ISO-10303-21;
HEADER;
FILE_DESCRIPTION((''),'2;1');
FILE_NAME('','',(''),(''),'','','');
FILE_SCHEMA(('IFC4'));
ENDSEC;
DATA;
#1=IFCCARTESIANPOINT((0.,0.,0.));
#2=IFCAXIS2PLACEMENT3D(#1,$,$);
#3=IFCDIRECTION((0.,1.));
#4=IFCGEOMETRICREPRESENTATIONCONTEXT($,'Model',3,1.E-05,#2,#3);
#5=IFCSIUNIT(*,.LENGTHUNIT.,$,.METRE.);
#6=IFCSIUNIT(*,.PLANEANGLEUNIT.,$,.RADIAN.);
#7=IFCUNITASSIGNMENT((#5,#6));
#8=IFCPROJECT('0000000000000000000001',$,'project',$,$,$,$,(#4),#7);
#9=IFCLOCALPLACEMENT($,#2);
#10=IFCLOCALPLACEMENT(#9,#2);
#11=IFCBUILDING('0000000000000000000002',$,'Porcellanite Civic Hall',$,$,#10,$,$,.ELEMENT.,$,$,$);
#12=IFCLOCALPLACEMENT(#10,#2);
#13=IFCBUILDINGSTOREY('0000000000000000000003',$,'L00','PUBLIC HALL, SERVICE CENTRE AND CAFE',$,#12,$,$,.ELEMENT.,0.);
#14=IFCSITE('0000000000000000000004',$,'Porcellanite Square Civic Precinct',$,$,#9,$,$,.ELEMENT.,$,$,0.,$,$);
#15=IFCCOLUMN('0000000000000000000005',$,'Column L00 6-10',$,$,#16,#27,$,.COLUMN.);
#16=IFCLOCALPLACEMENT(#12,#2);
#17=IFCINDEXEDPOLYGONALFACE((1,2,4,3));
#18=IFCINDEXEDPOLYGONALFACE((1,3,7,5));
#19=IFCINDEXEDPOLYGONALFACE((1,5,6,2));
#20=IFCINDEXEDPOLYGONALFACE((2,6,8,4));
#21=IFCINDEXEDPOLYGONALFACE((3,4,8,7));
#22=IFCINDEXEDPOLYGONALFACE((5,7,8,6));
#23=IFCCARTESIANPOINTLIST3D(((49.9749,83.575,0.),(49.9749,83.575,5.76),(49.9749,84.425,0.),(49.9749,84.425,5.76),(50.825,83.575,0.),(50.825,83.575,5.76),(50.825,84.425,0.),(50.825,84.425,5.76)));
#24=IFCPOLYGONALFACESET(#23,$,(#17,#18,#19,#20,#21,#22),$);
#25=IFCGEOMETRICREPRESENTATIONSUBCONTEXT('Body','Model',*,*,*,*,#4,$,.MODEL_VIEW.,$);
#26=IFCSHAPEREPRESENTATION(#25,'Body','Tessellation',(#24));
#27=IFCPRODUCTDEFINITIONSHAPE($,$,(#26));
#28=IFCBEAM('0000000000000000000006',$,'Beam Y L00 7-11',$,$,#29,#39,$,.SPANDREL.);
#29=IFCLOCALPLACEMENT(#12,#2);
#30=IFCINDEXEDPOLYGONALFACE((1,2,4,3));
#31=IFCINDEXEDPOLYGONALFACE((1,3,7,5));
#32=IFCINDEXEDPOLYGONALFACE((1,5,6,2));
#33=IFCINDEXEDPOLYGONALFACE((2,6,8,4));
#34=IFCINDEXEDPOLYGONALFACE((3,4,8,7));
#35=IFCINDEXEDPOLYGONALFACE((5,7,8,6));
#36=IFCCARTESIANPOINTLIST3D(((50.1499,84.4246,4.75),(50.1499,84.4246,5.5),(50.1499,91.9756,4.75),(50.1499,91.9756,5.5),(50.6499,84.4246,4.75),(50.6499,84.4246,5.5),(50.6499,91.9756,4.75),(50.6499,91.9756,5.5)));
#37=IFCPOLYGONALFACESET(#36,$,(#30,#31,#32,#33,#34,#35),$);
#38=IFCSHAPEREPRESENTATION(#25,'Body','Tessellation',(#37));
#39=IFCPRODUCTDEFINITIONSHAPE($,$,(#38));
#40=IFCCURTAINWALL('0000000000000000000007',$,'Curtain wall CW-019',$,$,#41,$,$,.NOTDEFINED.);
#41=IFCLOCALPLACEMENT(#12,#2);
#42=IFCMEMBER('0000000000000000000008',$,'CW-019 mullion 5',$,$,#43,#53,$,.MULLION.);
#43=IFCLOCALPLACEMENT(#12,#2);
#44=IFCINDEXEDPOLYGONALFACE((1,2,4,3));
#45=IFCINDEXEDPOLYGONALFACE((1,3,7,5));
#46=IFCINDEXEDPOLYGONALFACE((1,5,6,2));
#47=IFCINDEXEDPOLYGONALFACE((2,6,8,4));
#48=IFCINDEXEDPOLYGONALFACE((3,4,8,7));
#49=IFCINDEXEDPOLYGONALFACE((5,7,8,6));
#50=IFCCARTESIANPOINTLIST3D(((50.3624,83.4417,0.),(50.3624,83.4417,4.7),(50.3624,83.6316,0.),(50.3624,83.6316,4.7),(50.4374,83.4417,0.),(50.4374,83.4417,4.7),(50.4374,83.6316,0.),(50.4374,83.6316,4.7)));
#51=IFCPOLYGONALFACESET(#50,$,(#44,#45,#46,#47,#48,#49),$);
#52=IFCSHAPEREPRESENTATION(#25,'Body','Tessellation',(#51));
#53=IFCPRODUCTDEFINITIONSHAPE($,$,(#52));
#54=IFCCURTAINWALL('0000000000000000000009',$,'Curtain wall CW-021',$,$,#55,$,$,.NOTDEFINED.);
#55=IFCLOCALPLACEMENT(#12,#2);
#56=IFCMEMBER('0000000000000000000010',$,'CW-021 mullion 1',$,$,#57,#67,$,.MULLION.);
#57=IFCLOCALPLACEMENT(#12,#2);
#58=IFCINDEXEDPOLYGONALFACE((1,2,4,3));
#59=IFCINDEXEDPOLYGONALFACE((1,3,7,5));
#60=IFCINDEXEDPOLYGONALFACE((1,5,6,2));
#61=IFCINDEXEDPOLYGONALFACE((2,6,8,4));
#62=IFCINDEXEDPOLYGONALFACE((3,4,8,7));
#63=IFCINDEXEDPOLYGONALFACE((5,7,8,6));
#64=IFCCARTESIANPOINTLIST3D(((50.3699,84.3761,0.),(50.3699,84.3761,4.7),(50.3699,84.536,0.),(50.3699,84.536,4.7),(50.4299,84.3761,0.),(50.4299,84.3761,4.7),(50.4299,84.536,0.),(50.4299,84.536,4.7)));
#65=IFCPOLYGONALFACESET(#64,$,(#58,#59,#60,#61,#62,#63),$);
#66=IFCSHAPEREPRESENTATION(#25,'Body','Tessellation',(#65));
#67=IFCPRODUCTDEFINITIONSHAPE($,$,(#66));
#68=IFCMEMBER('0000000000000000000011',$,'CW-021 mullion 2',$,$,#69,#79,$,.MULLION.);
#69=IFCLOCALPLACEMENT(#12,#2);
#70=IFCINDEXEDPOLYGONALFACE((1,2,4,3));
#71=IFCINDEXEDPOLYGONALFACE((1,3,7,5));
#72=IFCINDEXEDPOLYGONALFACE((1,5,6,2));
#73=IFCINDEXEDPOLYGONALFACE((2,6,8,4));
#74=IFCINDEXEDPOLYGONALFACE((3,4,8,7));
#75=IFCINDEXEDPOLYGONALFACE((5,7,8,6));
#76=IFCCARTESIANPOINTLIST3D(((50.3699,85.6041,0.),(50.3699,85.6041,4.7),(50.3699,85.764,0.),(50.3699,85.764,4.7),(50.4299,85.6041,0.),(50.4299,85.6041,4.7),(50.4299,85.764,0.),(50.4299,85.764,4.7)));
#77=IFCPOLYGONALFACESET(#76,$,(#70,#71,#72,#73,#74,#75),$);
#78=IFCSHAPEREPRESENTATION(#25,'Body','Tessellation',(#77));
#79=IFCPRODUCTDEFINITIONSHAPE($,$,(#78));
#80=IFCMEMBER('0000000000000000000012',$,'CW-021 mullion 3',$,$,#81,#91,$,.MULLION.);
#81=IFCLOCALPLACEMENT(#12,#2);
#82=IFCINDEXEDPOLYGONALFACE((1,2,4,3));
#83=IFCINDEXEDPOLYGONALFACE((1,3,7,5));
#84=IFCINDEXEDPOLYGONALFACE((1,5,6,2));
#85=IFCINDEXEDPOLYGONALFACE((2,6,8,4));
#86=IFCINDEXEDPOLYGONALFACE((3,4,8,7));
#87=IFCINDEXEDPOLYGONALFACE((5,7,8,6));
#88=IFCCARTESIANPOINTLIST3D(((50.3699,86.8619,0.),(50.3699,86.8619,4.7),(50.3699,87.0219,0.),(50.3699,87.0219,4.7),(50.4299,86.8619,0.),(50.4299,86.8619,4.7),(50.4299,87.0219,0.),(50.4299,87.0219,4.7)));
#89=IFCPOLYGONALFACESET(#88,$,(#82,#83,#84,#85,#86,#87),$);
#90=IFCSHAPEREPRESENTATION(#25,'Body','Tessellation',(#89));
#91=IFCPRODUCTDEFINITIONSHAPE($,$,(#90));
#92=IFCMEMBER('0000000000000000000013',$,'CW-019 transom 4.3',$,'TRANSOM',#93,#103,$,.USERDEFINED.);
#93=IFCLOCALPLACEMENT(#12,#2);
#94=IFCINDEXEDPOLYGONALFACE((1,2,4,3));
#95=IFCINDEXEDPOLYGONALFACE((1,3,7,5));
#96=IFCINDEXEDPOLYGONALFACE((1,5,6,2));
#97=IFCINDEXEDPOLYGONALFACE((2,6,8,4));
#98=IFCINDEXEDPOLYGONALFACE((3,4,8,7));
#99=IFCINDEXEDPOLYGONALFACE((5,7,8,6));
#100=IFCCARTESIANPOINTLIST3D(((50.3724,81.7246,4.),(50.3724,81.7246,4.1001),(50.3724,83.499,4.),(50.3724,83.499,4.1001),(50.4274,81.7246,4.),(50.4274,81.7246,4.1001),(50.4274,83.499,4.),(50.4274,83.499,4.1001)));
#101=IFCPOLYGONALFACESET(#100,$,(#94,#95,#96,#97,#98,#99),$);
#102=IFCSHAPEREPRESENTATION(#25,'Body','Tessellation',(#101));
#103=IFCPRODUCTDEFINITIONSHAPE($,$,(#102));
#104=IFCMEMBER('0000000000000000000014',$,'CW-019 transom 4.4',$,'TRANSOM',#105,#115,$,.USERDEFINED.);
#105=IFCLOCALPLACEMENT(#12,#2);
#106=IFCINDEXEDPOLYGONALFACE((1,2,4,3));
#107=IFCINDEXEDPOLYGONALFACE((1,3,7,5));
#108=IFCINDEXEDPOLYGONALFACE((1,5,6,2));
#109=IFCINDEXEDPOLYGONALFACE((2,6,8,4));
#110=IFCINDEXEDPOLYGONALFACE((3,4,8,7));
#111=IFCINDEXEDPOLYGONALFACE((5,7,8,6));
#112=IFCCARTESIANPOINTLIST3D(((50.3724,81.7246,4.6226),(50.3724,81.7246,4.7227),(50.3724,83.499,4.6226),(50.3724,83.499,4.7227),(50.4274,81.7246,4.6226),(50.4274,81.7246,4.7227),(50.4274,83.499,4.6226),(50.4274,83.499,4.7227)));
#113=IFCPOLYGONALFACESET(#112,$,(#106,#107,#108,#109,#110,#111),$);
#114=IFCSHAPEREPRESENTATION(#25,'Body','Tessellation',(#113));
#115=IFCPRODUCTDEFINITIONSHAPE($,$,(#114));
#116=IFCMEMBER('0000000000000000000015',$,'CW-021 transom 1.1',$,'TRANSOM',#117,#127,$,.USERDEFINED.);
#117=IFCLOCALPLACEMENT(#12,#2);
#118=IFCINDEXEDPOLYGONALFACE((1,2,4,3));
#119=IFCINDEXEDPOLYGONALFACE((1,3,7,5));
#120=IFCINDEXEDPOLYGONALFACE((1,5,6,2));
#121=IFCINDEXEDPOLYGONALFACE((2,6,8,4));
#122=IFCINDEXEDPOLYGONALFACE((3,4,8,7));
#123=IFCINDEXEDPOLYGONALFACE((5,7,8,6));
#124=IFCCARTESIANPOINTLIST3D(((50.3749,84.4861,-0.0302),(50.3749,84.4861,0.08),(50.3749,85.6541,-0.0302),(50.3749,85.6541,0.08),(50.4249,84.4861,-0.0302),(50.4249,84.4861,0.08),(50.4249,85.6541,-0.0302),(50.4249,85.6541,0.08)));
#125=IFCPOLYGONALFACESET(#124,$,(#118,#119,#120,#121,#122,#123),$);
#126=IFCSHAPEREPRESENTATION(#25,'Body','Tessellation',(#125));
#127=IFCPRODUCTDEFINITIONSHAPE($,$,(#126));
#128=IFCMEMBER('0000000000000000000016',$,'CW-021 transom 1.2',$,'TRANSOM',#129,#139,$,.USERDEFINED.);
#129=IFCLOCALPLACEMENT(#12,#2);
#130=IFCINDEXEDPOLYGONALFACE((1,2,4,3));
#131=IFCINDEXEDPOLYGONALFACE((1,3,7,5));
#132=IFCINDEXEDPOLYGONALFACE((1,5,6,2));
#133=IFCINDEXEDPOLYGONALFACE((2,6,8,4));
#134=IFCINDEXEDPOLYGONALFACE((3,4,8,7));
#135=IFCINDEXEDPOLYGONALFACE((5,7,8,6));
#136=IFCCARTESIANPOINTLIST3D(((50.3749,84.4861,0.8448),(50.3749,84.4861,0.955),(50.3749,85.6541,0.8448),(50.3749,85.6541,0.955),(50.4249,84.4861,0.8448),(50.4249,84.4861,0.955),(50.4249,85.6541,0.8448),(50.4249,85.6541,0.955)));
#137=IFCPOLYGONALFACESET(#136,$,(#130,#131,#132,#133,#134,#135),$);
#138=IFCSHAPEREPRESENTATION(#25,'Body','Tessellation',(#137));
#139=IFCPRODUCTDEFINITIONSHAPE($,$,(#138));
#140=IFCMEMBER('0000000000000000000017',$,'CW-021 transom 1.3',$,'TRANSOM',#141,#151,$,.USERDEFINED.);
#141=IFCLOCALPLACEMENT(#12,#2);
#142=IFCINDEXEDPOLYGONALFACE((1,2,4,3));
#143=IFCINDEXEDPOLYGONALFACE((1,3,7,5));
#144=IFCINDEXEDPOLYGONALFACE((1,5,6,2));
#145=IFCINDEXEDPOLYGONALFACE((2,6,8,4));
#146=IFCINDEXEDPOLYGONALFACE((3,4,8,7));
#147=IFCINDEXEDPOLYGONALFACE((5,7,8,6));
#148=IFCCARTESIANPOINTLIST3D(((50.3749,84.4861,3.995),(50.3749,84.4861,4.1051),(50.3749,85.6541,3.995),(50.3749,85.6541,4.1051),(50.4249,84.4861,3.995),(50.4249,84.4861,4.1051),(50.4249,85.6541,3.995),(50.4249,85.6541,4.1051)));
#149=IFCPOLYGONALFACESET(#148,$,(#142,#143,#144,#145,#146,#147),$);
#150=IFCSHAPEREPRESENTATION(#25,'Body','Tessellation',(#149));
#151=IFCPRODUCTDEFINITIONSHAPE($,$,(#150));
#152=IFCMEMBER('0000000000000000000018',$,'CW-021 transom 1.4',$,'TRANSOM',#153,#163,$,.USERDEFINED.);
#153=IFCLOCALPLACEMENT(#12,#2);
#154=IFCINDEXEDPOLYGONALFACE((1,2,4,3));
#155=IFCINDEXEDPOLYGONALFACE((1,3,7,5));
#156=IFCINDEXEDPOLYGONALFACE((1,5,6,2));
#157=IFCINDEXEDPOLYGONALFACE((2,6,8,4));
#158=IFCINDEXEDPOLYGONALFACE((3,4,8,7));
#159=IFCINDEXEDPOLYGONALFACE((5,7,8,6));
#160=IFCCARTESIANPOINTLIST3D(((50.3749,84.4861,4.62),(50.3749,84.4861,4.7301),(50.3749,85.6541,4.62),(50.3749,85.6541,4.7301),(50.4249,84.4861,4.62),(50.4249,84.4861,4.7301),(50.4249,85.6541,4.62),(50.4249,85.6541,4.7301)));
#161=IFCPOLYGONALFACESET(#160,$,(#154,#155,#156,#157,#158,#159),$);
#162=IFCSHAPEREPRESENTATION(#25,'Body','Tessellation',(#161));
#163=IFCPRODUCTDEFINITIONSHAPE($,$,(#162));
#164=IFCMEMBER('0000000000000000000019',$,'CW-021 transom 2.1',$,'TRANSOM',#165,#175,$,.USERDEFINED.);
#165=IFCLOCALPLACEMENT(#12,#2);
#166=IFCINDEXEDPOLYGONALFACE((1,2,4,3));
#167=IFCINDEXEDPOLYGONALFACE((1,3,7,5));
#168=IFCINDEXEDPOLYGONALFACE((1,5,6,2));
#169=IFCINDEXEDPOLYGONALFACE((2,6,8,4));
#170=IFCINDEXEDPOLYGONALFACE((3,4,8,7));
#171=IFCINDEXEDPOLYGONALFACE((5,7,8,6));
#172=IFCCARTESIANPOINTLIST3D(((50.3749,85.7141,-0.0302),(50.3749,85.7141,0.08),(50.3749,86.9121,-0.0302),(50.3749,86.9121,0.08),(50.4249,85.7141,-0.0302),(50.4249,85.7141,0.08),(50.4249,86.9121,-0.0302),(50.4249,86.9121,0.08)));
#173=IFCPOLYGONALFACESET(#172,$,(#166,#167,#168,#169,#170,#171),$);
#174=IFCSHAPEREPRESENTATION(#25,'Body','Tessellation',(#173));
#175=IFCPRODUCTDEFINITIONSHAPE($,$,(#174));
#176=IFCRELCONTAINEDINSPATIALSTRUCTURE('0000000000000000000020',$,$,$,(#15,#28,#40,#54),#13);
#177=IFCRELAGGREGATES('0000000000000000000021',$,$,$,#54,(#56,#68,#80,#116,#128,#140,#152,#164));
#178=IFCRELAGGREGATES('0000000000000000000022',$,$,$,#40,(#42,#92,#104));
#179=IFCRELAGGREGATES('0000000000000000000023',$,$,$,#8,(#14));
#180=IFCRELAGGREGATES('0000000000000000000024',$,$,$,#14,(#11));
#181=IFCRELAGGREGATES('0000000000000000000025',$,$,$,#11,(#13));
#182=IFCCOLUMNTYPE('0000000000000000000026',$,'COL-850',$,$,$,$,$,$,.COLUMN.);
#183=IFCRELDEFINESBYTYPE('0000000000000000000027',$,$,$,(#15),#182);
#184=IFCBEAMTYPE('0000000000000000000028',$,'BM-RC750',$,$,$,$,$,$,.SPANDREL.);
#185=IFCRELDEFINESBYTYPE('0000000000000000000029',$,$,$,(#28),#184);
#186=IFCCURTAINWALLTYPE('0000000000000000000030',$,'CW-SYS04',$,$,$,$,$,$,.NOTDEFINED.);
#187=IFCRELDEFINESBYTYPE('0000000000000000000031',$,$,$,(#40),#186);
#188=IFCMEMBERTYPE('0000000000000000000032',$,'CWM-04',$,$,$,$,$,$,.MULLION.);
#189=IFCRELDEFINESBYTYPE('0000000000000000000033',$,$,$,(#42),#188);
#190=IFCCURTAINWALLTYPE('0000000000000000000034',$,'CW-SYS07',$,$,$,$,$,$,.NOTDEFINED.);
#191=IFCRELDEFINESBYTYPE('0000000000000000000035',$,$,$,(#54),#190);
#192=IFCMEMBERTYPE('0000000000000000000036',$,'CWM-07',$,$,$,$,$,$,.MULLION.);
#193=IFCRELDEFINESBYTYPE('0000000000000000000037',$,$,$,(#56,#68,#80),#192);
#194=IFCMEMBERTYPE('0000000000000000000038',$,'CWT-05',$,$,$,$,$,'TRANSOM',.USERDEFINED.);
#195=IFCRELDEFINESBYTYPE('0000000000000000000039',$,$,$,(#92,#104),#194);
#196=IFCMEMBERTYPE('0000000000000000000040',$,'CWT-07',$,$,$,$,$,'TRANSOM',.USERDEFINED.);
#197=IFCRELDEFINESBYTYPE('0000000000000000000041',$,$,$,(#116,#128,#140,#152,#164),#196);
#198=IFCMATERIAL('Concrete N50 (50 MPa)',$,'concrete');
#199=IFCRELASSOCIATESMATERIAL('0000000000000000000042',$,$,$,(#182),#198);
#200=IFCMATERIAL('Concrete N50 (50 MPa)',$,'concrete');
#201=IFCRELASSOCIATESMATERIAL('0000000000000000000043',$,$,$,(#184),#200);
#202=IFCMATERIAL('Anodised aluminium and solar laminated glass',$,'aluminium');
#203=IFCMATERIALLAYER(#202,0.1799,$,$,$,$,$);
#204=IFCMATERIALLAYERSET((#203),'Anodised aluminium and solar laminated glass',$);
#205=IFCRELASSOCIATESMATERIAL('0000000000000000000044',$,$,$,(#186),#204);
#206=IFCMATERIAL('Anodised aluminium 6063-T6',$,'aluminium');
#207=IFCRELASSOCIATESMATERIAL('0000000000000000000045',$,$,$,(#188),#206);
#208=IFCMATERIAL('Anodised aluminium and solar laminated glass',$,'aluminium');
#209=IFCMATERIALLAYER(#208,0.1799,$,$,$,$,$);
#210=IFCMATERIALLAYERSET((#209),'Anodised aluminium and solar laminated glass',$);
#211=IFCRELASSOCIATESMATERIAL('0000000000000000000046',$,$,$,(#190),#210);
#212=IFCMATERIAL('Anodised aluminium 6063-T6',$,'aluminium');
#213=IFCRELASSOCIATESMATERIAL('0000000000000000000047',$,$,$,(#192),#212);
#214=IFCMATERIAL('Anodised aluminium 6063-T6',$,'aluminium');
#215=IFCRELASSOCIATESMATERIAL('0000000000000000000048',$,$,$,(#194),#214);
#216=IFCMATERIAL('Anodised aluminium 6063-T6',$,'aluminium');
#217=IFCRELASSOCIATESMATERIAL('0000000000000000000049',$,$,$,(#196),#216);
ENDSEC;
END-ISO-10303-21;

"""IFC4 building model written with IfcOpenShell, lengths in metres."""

from ifc_helpers import new_model, si_unit, direction, frame, origin, origin_2d, place, context, subcontext, project, spatial, rectangle, extrude, material, layer, layer_set, material_profile, profile_set, type_object, element, aggregate, save


model = new_model("IFC4")

# Units and contexts
model_context = context("Model", 3, precision=1e-05, world=origin(), true_north=direction((0.0, 1.0)))
body_context = subcontext(model_context, "Body", "Model", "MODEL_VIEW")
ifc_project = project(units=[si_unit("LENGTHUNIT", "METRE"), si_unit("PLANEANGLEUNIT", "RADIAN")], contexts=[model_context])

# Site, building, storey
site_placement = place(None, origin())
site = spatial("IfcSite", under=ifc_project, at=site_placement, Name="Porcellanite Square Civic Precinct", CompositionType="ELEMENT", RefElevation=0.0)
building_placement = place(site_placement, origin())
building = spatial("IfcBuilding", under=site, at=building_placement, Name="Porcellanite Civic Hall", CompositionType="ELEMENT")
storey_placement = place(building_placement, origin())
storey = spatial("IfcBuildingStorey", under=building, at=storey_placement, Name="L00", Description="PUBLIC HALL, SERVICE CENTRE AND CAFE", CompositionType="ELEMENT", Elevation=0.0)

# Column
ifc_material_1 = material(Name="Concrete N50 (50 MPa)", Category="concrete")
ifc_material_profile_1 = material_profile(ifc_material_1, rectangle(XDim=0.8501, YDim=0.8501, at=origin_2d()), Name="RC-850x850")
ifc_profile_set_1 = profile_set([ifc_material_profile_1], Name="Concrete N50 (50 MPa)")
column_type = type_object("IfcColumnType", Name="COL-850", PredefinedType="COLUMN", material=ifc_profile_set_1)
column_placement = place(storey_placement, frame((50.3999, 84.0, 0.0), z_axis=(0.0, 0.0, 1.0), x_axis=(1.0, 0.0, 0.0)))
element("IfcColumn", 1, at=column_placement, inside=storey, type_object=column_type, Name="Column L00 6-10", PredefinedType="COLUMN", context=body_context, shape_type="SweptSolid", body=[
    extrude(rectangle(XDim=0.8501, YDim=0.8501, at=origin_2d()), origin(), (0.0, 0.0, 1.0), 5.76),
])

# Beam
ifc_material_2 = material(Name="Concrete N50 (50 MPa)", Category="concrete")
ifc_material_profile_2 = material_profile(ifc_material_2, rectangle(XDim=0.5, YDim=0.75, at=origin_2d()), Name="RC-500x750")
ifc_profile_set_2 = profile_set([ifc_material_profile_2], Name="Concrete N50 (50 MPa)")
beam_type = type_object("IfcBeamType", Name="BM-RC750", PredefinedType="SPANDREL", material=ifc_profile_set_2)
beam_placement = place(storey_placement, frame((50.3999, 84.4246, 5.125), z_axis=(0.0, 1.0, 0.0), x_axis=(-1.0, 0.0, 0.0)))
element("IfcBeam", 2, at=beam_placement, inside=storey, type_object=beam_type, Name="Beam Y L00 7-11", PredefinedType="SPANDREL", context=body_context, shape_type="SweptSolid", body=[
    extrude(rectangle(XDim=0.5, YDim=0.75, at=origin_2d()), origin(), (0.0, 0.0, 1.0), 7.551),
])

# Curtain wall, member
ifc_material_3 = material(Name="Anodised aluminium and solar laminated glass", Category="aluminium")
ifc_layer_1 = layer(ifc_material_3, 0.1799)
ifc_layer_set_1 = layer_set([ifc_layer_1], Name="Anodised aluminium and solar laminated glass")
curtain_wall_type_1 = type_object("IfcCurtainWallType", Name="CW-SYS04", PredefinedType="NOTDEFINED", material=ifc_layer_set_1)
curtain_wall_1_placement = place(storey_placement, origin())
curtain_wall_1 = element("IfcCurtainWall", 3, at=curtain_wall_1_placement, inside=storey, type_object=curtain_wall_type_1, Name="Curtain wall CW-019", PredefinedType="NOTDEFINED")
ifc_material_4 = material(Name="Anodised aluminium 6063-T6", Category="aluminium")
ifc_material_profile_3 = material_profile(ifc_material_4, rectangle(XDim=0.075, YDim=0.1899, at=origin_2d()), Name="AL-75x190")
ifc_profile_set_3 = profile_set([ifc_material_profile_3], Name="Anodised aluminium 6063-T6")
member_type_1 = type_object("IfcMemberType", Name="CWM-04", PredefinedType="MULLION", material=ifc_profile_set_3)
member_1_placement = place(storey_placement, frame((50.3999, 83.5366, 0.0), z_axis=(0.0, 0.0, 1.0), x_axis=(-1.0, 0.0, 0.0)))
member_1 = element("IfcMember", 4, at=member_1_placement, type_object=member_type_1, Name="CW-019 mullion 5", PredefinedType="MULLION", context=body_context, shape_type="SweptSolid", body=[
    extrude(rectangle(XDim=0.075, YDim=0.1899, at=origin_2d()), origin(), (0.0, 0.0, 1.0), 4.7),
])

# Curtain wall, members
ifc_material_5 = material(Name="Anodised aluminium and solar laminated glass", Category="aluminium")
ifc_layer_2 = layer(ifc_material_5, 0.1799)
ifc_layer_set_2 = layer_set([ifc_layer_2], Name="Anodised aluminium and solar laminated glass")
curtain_wall_type_2 = type_object("IfcCurtainWallType", Name="CW-SYS07", PredefinedType="NOTDEFINED", material=ifc_layer_set_2)
curtain_wall_2_placement = place(storey_placement, origin())
curtain_wall_2 = element("IfcCurtainWall", 5, at=curtain_wall_2_placement, inside=storey, type_object=curtain_wall_type_2, Name="Curtain wall CW-021", PredefinedType="NOTDEFINED")
ifc_material_6 = material(Name="Anodised aluminium 6063-T6", Category="aluminium")
ifc_material_profile_4 = material_profile(ifc_material_6, rectangle(XDim=0.0601, YDim=0.1599, at=origin_2d()), Name="AL-60x160")
ifc_profile_set_4 = profile_set([ifc_material_profile_4], Name="Anodised aluminium 6063-T6")
member_type_2 = type_object("IfcMemberType", Name="CWM-07", PredefinedType="MULLION", material=ifc_profile_set_4)
member_2_placement = place(storey_placement, frame((50.3999, 84.4561, 0.0), z_axis=(0.0, 0.0, 1.0), x_axis=(-1.0, 0.0, 0.0)))
member_2 = element("IfcMember", 6, at=member_2_placement, type_object=member_type_2, Name="CW-021 mullion 1", PredefinedType="MULLION", context=body_context, shape_type="SweptSolid", body=[
    extrude(rectangle(XDim=0.0601, YDim=0.1599, at=origin_2d()), origin(), (0.0, 0.0, 1.0), 4.7),
])
member_3_placement = place(storey_placement, frame((50.3999, 85.6841, 0.0), z_axis=(0.0, 0.0, 1.0), x_axis=(-1.0, 0.0, 0.0)))
member_3 = element("IfcMember", 7, at=member_3_placement, type_object=member_type_2, Name="CW-021 mullion 2", PredefinedType="MULLION", context=body_context, shape_type="SweptSolid", body=[
    extrude(rectangle(XDim=0.0601, YDim=0.1599, at=origin_2d()), origin(), (0.0, 0.0, 1.0), 4.7),
])
member_4_placement = place(storey_placement, frame((50.3999, 86.9419, 0.0), z_axis=(0.0, 0.0, 1.0), x_axis=(-1.0, 0.0, 0.0)))
member_4 = element("IfcMember", 8, at=member_4_placement, type_object=member_type_2, Name="CW-021 mullion 3", PredefinedType="MULLION", context=body_context, shape_type="SweptSolid", body=[
    extrude(rectangle(XDim=0.0601, YDim=0.1599, at=origin_2d()), origin(), (0.0, 0.0, 1.0), 4.7),
])

# Members
ifc_material_7 = material(Name="Anodised aluminium 6063-T6", Category="aluminium")
ifc_material_profile_5 = material_profile(ifc_material_7, rectangle(XDim=0.0549, YDim=0.1001, at=origin_2d()), Name="AL-55x100")
ifc_profile_set_5 = profile_set([ifc_material_profile_5], Name="Anodised aluminium 6063-T6")
member_type_3 = type_object("IfcMemberType", Name="CWT-05", ElementType="TRANSOM", PredefinedType="USERDEFINED", material=ifc_profile_set_5)
member_5_placement = place(storey_placement, frame((50.3999, 81.7246, 4.05), z_axis=(0.0, 1.0, 0.0), x_axis=(-1.0, 0.0, 0.0)))
member_5 = element("IfcMember", 9, at=member_5_placement, type_object=member_type_3, Name="CW-019 transom 4.3", ObjectType="TRANSOM", PredefinedType="USERDEFINED", context=body_context, shape_type="SweptSolid", body=[
    extrude(rectangle(XDim=0.0549, YDim=0.1001, at=origin_2d()), origin(), (0.0, 0.0, 1.0), 1.7744),
])
member_6_placement = place(storey_placement, frame((50.3999, 81.7246, 4.6726), z_axis=(0.0, 1.0, 0.0), x_axis=(-1.0, 0.0, 0.0)))
member_6 = element("IfcMember", 10, at=member_6_placement, type_object=member_type_3, Name="CW-019 transom 4.4", ObjectType="TRANSOM", PredefinedType="USERDEFINED", context=body_context, shape_type="SweptSolid", body=[
    extrude(rectangle(XDim=0.0549, YDim=0.1001, at=origin_2d()), origin(), (0.0, 0.0, 1.0), 1.7744),
])
ifc_material_8 = material(Name="Anodised aluminium 6063-T6", Category="aluminium")
ifc_material_profile_6 = material_profile(ifc_material_8, rectangle(XDim=0.05, YDim=0.1101, at=origin_2d()), Name="AL-50x110")
ifc_profile_set_6 = profile_set([ifc_material_profile_6], Name="Anodised aluminium 6063-T6")
member_type_4 = type_object("IfcMemberType", Name="CWT-07", ElementType="TRANSOM", PredefinedType="USERDEFINED", material=ifc_profile_set_6)
member_7_placement = place(storey_placement, frame((50.3999, 84.4861, 0.0249), z_axis=(0.0, 1.0, 0.0), x_axis=(-1.0, 0.0, 0.0)))
member_7 = element("IfcMember", 11, at=member_7_placement, type_object=member_type_4, Name="CW-021 transom 1.1", ObjectType="TRANSOM", PredefinedType="USERDEFINED", context=body_context, shape_type="SweptSolid", body=[
    extrude(rectangle(XDim=0.05, YDim=0.1101, at=origin_2d()), origin(), (0.0, 0.0, 1.0), 1.168),
])
member_8_placement = place(storey_placement, frame((50.3999, 84.4861, 0.8999), z_axis=(0.0, 1.0, 0.0), x_axis=(-1.0, 0.0, 0.0)))
member_8 = element("IfcMember", 12, at=member_8_placement, type_object=member_type_4, Name="CW-021 transom 1.2", ObjectType="TRANSOM", PredefinedType="USERDEFINED", context=body_context, shape_type="SweptSolid", body=[
    extrude(rectangle(XDim=0.05, YDim=0.1101, at=origin_2d()), origin(), (0.0, 0.0, 1.0), 1.168),
])
member_9_placement = place(storey_placement, frame((50.3999, 84.4861, 4.05), z_axis=(0.0, 1.0, 0.0), x_axis=(-1.0, 0.0, 0.0)))
member_9 = element("IfcMember", 13, at=member_9_placement, type_object=member_type_4, Name="CW-021 transom 1.3", ObjectType="TRANSOM", PredefinedType="USERDEFINED", context=body_context, shape_type="SweptSolid", body=[
    extrude(rectangle(XDim=0.05, YDim=0.1101, at=origin_2d()), origin(), (0.0, 0.0, 1.0), 1.168),
])
member_10_placement = place(storey_placement, frame((50.3999, 84.4861, 4.675), z_axis=(0.0, 1.0, 0.0), x_axis=(-1.0, 0.0, 0.0)))
member_10 = element("IfcMember", 14, at=member_10_placement, type_object=member_type_4, Name="CW-021 transom 1.4", ObjectType="TRANSOM", PredefinedType="USERDEFINED", context=body_context, shape_type="SweptSolid", body=[
    extrude(rectangle(XDim=0.05, YDim=0.1101, at=origin_2d()), origin(), (0.0, 0.0, 1.0), 1.168),
])
member_11_placement = place(storey_placement, frame((50.3999, 85.7141, 0.0249), z_axis=(0.0, 1.0, 0.0), x_axis=(-1.0, 0.0, 0.0)))
member_11 = element("IfcMember", 15, at=member_11_placement, type_object=member_type_4, Name="CW-021 transom 2.1", ObjectType="TRANSOM", PredefinedType="USERDEFINED", context=body_context, shape_type="SweptSolid", body=[
    extrude(rectangle(XDim=0.05, YDim=0.1101, at=origin_2d()), origin(), (0.0, 0.0, 1.0), 1.198),
])

aggregate(curtain_wall_2, [member_2, member_3, member_4, member_7, member_8, member_9, member_10, member_11])
aggregate(curtain_wall_1, [member_1, member_5, member_6])

save(model, "model.ifc")
